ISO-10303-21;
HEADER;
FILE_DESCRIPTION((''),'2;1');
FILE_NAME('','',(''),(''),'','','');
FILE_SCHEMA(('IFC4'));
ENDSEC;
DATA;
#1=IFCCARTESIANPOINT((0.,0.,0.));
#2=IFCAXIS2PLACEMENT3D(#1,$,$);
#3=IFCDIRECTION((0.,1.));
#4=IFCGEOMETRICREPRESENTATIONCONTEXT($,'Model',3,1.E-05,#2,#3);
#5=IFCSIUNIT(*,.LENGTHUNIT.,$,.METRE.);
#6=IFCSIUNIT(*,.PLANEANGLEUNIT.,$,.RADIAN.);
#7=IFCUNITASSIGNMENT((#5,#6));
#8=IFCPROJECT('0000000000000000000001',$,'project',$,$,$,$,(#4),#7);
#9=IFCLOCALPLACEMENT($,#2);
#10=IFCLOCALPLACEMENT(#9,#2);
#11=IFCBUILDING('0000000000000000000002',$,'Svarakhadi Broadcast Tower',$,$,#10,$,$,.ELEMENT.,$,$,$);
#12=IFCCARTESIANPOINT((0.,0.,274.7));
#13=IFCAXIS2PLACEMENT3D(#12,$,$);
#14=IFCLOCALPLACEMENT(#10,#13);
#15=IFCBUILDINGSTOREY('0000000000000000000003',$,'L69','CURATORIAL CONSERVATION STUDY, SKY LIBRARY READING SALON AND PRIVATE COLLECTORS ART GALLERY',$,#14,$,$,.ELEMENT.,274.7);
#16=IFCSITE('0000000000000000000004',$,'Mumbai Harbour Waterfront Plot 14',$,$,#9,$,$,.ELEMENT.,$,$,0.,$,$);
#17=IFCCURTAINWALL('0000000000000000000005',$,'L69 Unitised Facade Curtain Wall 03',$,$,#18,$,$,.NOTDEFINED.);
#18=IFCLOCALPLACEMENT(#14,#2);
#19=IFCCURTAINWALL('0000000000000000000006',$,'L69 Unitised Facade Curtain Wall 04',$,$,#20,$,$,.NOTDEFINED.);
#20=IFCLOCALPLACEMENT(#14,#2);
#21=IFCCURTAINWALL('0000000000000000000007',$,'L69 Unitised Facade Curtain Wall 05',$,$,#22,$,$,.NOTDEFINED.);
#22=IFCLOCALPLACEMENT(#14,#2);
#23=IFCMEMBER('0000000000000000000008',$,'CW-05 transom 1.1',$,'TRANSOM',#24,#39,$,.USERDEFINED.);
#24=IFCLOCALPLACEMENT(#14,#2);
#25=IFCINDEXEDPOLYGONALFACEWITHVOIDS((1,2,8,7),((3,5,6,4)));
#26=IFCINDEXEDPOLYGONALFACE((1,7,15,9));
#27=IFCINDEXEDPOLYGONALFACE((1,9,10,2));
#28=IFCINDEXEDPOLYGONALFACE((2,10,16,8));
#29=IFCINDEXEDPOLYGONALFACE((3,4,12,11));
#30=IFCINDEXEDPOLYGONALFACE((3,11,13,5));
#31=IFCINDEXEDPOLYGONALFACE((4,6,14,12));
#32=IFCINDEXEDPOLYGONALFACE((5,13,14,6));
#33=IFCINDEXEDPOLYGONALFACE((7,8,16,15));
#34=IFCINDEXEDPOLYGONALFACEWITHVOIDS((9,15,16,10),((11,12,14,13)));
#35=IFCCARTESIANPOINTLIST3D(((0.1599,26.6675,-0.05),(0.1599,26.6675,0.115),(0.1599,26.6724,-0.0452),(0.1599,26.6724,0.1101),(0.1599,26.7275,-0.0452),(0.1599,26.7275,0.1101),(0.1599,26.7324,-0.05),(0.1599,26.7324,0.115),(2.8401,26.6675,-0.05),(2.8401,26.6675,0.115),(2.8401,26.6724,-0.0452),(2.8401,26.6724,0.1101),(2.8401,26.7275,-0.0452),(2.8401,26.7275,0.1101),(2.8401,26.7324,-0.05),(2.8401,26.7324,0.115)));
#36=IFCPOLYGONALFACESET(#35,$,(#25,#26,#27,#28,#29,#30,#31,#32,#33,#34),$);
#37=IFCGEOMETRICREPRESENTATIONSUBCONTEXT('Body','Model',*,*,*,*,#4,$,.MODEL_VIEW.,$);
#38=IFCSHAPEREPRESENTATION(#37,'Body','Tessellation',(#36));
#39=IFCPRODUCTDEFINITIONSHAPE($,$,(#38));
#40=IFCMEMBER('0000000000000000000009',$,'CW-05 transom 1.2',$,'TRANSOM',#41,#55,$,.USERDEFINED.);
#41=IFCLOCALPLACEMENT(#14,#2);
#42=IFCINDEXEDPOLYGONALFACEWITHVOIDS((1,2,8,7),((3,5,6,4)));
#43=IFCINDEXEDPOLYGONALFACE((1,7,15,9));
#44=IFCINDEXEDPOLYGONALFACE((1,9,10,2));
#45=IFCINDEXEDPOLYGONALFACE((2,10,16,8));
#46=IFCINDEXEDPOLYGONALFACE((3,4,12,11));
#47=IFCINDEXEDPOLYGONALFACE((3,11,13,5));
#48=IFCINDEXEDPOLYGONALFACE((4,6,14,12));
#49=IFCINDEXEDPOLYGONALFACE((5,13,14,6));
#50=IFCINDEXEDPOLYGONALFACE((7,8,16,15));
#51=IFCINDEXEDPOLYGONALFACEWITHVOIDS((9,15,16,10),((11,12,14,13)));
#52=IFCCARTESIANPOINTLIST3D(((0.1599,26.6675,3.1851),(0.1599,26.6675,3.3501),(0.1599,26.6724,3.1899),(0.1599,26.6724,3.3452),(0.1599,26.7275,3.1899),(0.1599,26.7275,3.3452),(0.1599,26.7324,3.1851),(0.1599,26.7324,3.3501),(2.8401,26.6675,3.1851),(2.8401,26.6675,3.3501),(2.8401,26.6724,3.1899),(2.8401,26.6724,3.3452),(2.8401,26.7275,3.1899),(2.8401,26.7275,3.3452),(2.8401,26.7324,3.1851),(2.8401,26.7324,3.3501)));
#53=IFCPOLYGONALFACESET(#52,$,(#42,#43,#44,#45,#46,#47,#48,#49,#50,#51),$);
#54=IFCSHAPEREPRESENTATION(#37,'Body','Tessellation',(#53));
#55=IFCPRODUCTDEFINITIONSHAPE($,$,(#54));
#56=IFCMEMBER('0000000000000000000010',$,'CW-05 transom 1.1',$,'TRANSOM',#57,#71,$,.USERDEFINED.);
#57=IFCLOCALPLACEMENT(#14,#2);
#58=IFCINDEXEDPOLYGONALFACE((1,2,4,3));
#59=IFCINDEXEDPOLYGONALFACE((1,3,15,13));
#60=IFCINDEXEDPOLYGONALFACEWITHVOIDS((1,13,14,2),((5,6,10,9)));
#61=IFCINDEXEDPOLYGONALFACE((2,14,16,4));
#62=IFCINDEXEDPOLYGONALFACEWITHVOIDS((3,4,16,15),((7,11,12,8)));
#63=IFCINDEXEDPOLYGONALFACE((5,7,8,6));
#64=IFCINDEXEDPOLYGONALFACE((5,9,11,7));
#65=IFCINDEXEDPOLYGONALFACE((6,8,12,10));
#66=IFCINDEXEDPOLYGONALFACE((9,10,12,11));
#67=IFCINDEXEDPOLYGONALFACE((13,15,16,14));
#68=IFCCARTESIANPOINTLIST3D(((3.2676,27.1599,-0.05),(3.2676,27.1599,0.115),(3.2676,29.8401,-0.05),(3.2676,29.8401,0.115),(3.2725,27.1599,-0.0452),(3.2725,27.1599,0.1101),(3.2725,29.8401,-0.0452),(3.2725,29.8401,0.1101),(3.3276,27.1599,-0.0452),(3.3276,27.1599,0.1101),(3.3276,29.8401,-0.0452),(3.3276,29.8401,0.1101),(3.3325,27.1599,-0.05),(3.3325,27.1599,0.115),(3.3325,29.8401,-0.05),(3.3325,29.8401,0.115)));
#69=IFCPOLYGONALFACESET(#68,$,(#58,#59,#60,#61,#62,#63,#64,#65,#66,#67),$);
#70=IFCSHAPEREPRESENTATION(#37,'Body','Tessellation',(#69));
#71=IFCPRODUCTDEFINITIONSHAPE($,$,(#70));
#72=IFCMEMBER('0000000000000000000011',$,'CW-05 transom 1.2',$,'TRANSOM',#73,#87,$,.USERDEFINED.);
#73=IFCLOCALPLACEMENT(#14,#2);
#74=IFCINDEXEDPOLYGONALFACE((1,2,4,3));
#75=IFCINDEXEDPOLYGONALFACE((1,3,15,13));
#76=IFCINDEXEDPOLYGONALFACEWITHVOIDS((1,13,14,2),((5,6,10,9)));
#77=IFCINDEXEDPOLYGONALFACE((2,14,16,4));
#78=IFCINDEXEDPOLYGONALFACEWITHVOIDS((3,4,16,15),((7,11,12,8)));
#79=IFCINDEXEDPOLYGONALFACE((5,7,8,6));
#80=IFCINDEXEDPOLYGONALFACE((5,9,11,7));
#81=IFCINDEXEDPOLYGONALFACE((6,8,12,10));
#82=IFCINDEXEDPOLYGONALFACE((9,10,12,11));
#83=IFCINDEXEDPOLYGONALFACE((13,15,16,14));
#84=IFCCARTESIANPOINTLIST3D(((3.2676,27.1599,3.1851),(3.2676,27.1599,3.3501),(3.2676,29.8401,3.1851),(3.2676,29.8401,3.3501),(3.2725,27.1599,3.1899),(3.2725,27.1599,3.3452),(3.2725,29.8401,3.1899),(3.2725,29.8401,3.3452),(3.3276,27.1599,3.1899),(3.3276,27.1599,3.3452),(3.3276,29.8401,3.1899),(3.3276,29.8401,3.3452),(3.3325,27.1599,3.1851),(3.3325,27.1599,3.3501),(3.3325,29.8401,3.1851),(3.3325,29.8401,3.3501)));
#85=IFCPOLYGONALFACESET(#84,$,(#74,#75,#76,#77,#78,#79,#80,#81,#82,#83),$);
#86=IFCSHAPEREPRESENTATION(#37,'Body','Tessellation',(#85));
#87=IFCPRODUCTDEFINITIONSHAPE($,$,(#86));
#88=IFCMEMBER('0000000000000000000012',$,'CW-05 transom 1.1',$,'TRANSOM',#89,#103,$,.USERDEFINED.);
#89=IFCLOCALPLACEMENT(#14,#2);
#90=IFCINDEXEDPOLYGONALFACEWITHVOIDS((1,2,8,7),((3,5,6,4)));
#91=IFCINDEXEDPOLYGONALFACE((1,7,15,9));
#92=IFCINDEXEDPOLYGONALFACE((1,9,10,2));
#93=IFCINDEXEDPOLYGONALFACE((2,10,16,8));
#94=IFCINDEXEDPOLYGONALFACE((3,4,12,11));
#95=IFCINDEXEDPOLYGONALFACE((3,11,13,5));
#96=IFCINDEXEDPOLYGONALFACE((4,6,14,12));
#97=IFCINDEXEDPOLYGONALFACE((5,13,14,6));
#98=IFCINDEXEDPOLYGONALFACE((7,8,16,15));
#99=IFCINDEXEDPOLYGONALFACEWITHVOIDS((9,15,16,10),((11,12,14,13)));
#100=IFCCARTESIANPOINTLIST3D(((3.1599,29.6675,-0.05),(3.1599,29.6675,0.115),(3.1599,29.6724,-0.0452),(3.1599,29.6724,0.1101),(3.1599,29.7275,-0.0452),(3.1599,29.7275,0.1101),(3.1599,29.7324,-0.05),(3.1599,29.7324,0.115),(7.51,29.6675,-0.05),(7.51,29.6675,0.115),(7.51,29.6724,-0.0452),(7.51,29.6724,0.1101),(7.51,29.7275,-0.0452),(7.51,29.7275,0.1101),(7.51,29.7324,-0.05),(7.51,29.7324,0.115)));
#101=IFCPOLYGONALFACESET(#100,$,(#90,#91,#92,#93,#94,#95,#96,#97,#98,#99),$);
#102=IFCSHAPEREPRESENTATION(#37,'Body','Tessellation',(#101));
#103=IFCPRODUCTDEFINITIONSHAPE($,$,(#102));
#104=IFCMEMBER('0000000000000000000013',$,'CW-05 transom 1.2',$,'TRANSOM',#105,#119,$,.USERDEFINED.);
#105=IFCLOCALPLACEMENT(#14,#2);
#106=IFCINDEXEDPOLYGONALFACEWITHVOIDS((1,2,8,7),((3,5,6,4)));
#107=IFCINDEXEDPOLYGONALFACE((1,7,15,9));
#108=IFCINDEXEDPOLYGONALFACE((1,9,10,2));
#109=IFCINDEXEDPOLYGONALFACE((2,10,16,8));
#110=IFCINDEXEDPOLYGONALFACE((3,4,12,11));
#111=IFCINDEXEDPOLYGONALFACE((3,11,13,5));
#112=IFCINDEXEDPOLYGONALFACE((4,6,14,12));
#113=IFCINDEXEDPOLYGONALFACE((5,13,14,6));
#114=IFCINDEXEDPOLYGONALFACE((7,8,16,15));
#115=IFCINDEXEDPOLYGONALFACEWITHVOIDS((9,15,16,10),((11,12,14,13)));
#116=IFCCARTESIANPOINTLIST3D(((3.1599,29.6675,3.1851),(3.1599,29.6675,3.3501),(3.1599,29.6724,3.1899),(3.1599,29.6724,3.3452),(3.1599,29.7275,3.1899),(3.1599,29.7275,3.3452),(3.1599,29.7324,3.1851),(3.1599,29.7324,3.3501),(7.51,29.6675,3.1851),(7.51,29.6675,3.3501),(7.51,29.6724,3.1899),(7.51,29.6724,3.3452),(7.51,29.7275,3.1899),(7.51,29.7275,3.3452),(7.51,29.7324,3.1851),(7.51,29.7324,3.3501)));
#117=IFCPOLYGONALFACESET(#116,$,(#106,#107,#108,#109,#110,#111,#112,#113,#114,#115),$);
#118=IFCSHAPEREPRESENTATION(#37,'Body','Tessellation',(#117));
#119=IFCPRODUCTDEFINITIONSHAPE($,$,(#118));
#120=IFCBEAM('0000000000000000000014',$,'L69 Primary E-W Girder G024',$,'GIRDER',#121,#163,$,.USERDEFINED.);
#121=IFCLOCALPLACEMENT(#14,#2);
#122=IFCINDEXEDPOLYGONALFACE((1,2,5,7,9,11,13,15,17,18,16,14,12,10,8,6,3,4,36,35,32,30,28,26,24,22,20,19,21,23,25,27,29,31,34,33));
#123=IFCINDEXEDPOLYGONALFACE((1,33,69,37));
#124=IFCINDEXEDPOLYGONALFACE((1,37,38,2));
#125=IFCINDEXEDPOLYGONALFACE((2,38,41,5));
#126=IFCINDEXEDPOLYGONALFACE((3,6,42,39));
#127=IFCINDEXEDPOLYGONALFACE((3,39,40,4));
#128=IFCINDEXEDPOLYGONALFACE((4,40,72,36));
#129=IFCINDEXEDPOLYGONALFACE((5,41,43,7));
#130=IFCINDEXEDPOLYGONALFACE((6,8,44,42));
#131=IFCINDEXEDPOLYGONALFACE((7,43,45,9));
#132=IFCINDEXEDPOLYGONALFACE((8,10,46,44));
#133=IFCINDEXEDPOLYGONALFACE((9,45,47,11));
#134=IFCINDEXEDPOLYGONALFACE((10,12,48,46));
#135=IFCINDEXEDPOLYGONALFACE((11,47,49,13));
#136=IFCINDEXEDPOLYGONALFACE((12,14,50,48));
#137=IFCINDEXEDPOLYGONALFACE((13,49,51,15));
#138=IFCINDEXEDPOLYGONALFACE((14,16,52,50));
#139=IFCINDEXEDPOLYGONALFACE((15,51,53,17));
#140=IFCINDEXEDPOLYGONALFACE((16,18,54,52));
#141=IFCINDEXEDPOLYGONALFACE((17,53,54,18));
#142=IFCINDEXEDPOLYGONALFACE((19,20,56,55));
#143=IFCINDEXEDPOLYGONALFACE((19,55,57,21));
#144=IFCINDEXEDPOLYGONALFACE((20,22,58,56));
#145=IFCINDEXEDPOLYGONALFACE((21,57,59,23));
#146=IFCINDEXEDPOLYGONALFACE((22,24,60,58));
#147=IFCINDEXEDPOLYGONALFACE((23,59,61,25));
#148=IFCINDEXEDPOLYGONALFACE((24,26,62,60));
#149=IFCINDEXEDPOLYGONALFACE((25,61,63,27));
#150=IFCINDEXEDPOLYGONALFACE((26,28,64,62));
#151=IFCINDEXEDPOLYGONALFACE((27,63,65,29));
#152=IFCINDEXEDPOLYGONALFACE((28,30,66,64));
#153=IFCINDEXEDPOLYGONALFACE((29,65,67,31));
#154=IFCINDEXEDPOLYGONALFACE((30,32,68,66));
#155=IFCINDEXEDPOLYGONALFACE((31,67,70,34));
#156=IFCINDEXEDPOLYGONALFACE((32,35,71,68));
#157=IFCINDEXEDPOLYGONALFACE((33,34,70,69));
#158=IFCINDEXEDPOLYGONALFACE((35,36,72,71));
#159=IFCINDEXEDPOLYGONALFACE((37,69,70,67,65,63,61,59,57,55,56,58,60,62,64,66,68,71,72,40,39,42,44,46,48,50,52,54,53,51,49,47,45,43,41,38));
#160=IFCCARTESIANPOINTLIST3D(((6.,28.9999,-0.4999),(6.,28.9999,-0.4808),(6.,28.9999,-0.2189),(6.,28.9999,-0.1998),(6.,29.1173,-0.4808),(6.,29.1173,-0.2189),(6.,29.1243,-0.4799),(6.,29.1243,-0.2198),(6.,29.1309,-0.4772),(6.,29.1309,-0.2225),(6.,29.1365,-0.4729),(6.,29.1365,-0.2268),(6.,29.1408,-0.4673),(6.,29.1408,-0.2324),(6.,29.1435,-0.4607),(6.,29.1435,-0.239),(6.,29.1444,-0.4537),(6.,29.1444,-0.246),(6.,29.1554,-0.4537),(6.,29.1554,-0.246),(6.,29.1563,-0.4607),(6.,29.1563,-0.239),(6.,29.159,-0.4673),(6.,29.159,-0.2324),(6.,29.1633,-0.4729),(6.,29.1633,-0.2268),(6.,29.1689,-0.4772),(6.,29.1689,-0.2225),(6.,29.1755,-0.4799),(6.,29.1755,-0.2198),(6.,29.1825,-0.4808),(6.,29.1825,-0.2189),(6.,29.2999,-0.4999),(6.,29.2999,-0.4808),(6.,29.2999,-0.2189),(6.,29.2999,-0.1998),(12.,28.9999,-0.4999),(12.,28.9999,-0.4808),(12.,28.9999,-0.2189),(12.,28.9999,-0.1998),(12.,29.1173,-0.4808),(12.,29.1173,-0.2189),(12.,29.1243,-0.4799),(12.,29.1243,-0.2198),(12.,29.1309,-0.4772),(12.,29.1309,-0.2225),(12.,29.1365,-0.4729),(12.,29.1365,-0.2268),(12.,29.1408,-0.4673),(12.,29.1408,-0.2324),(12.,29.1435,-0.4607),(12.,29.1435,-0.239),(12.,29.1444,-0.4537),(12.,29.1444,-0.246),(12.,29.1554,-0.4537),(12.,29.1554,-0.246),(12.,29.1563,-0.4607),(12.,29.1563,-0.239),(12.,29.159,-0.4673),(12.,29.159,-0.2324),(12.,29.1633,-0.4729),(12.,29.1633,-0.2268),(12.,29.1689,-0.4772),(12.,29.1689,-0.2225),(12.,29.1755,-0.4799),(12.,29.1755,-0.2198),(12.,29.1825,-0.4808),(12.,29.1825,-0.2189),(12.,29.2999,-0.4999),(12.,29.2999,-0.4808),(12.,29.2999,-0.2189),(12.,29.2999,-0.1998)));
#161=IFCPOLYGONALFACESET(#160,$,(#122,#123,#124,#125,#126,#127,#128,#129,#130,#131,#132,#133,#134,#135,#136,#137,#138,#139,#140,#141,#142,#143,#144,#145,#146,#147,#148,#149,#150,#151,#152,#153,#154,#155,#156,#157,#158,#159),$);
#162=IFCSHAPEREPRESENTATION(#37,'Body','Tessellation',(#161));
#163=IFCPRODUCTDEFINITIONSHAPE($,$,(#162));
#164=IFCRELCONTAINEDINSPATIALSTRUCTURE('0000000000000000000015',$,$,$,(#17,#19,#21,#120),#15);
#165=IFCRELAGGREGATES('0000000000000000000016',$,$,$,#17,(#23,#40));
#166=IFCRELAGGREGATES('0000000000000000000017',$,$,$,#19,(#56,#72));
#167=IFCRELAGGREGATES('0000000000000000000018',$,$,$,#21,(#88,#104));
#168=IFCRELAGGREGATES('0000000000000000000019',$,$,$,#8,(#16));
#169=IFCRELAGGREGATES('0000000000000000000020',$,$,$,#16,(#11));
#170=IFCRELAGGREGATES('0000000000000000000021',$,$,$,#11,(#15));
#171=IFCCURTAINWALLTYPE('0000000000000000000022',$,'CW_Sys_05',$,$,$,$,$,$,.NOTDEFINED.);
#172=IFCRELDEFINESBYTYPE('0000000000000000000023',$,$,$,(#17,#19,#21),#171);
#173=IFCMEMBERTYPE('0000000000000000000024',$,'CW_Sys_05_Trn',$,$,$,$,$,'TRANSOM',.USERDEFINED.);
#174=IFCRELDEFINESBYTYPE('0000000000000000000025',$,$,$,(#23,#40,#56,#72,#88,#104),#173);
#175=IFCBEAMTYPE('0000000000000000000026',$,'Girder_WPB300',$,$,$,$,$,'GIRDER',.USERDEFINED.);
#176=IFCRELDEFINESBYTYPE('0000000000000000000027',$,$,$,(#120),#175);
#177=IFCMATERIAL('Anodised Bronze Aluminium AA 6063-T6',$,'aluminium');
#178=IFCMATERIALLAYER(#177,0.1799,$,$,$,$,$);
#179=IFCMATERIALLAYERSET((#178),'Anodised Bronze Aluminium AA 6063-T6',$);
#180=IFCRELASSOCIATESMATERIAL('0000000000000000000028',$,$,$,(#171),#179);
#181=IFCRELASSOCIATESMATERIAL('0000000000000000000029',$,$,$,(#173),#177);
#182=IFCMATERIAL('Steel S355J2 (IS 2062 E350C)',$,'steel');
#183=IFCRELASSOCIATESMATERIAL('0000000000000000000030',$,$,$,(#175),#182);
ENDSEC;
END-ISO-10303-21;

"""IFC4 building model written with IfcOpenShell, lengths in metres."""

from ifc_helpers import new_model, si_unit, direction, frame, origin, origin_2d, place, context, subcontext, project, spatial, hollow_rectangle, i_section, extrude, material, layer, layer_set, material_profile, profile_set, type_object, element, aggregate, save


model = new_model("IFC4")

# Units and contexts
model_context = context("Model", 3, precision=1e-05, world=origin(), true_north=direction((0.0, 1.0)))
body_context = subcontext(model_context, "Body", "Model", "MODEL_VIEW")
ifc_project = project(units=[si_unit("LENGTHUNIT", "METRE"), si_unit("PLANEANGLEUNIT", "RADIAN")], contexts=[model_context])

# Site, building, storey
site_placement = place(None, origin())
site = spatial("IfcSite", under=ifc_project, at=site_placement, Name="Mumbai Harbour Waterfront Plot 14", CompositionType="ELEMENT", RefElevation=0.0)
building_placement = place(site_placement, origin())
building = spatial("IfcBuilding", under=site, at=building_placement, Name="Svarakhadi Broadcast Tower", CompositionType="ELEMENT")
storey_placement = place(building_placement, frame((0.0, 0.0, 274.7)))
storey = spatial("IfcBuildingStorey", under=building, at=storey_placement, Name="L69", Description="CURATORIAL CONSERVATION STUDY, SKY LIBRARY READING SALON AND PRIVATE COLLECTORS ART GALLERY", CompositionType="ELEMENT", Elevation=274.7)

# Curtain walls
ifc_material_1 = material(Name="Anodised Bronze Aluminium AA 6063-T6", Category="aluminium")
ifc_layer_1 = layer(ifc_material_1, 0.1799)
ifc_layer_set_1 = layer_set([ifc_layer_1], Name="Anodised Bronze Aluminium AA 6063-T6")
curtain_wall_type = type_object("IfcCurtainWallType", Name="CW_Sys_05", PredefinedType="NOTDEFINED", material=ifc_layer_set_1)
curtain_wall_1_placement = place(storey_placement, origin())
curtain_wall_1 = element("IfcCurtainWall", 1, at=curtain_wall_1_placement, inside=storey, type_object=curtain_wall_type, Name="L69 Unitised Facade Curtain Wall 03", PredefinedType="NOTDEFINED")
curtain_wall_2_placement = place(storey_placement, origin())
curtain_wall_2 = element("IfcCurtainWall", 2, at=curtain_wall_2_placement, inside=storey, type_object=curtain_wall_type, Name="L69 Unitised Facade Curtain Wall 04", PredefinedType="NOTDEFINED")
curtain_wall_3_placement = place(storey_placement, origin())
curtain_wall_3 = element("IfcCurtainWall", 3, at=curtain_wall_3_placement, inside=storey, type_object=curtain_wall_type, Name="L69 Unitised Facade Curtain Wall 05", PredefinedType="NOTDEFINED")

# Members
ifc_material_profile_1 = material_profile(ifc_material_1, hollow_rectangle(XDim=0.0649, YDim=0.165, WallThickness=0.0049, at=origin_2d()), Name="ALU TRANSOM 165x65x5")
ifc_profile_set_1 = profile_set([ifc_material_profile_1], Name="Anodised Bronze Aluminium AA 6063-T6")
member_type_1 = type_object("IfcMemberType", Name="CW_Sys_05_Trn", ElementType="TRANSOM", PredefinedType="USERDEFINED", material=ifc_profile_set_1)
member_1_placement = place(storey_placement, frame((0.1599, 26.7, 0.0325), z_axis=(1.0, 0.0, 0.0), x_axis=(0.0, 1.0, 0.0)))
member_1 = element("IfcMember", 4, at=member_1_placement, type_object=member_type_1, Name="CW-05 transom 1.1", ObjectType="TRANSOM", PredefinedType="USERDEFINED", context=body_context, shape_type="SweptSolid", body=[
    extrude(hollow_rectangle(XDim=0.0649, YDim=0.165, WallThickness=0.0049, at=origin_2d()), origin(), (0.0, 0.0, 1.0), 2.6802),
])
member_2_placement = place(storey_placement, frame((0.1599, 26.7, 3.2676), z_axis=(1.0, 0.0, 0.0), x_axis=(0.0, 1.0, 0.0)))
member_2 = element("IfcMember", 5, at=member_2_placement, type_object=member_type_1, Name="CW-05 transom 1.2", ObjectType="TRANSOM", PredefinedType="USERDEFINED", context=body_context, shape_type="SweptSolid", body=[
    extrude(hollow_rectangle(XDim=0.0649, YDim=0.165, WallThickness=0.0049, at=origin_2d()), origin(), (0.0, 0.0, 1.0), 2.6802),
])
member_3_placement = place(storey_placement, frame((3.3, 27.1599, 0.0325), z_axis=(0.0, 1.0, 0.0), x_axis=(-1.0, 0.0, 0.0)))
member_3 = element("IfcMember", 6, at=member_3_placement, type_object=member_type_1, Name="CW-05 transom 1.1", ObjectType="TRANSOM", PredefinedType="USERDEFINED", context=body_context, shape_type="SweptSolid", body=[
    extrude(hollow_rectangle(XDim=0.0649, YDim=0.165, WallThickness=0.0049, at=origin_2d()), origin(), (0.0, 0.0, 1.0), 2.6802),
])
member_4_placement = place(storey_placement, frame((3.3, 27.1599, 3.2676), z_axis=(0.0, 1.0, 0.0), x_axis=(-1.0, 0.0, 0.0)))
member_4 = element("IfcMember", 7, at=member_4_placement, type_object=member_type_1, Name="CW-05 transom 1.2", ObjectType="TRANSOM", PredefinedType="USERDEFINED", context=body_context, shape_type="SweptSolid", body=[
    extrude(hollow_rectangle(XDim=0.0649, YDim=0.165, WallThickness=0.0049, at=origin_2d()), origin(), (0.0, 0.0, 1.0), 2.6802),
])
member_5_placement = place(storey_placement, frame((3.1599, 29.7, 0.0325), z_axis=(1.0, 0.0, 0.0), x_axis=(0.0, 1.0, 0.0)))
member_5 = element("IfcMember", 8, at=member_5_placement, type_object=member_type_1, Name="CW-05 transom 1.1", ObjectType="TRANSOM", PredefinedType="USERDEFINED", context=body_context, shape_type="SweptSolid", body=[
    extrude(hollow_rectangle(XDim=0.0649, YDim=0.165, WallThickness=0.0049, at=origin_2d()), origin(), (0.0, 0.0, 1.0), 4.3501),
])
member_6_placement = place(storey_placement, frame((3.1599, 29.7, 3.2676), z_axis=(1.0, 0.0, 0.0), x_axis=(0.0, 1.0, 0.0)))
member_6 = element("IfcMember", 9, at=member_6_placement, type_object=member_type_1, Name="CW-05 transom 1.2", ObjectType="TRANSOM", PredefinedType="USERDEFINED", context=body_context, shape_type="SweptSolid", body=[
    extrude(hollow_rectangle(XDim=0.0649, YDim=0.165, WallThickness=0.0049, at=origin_2d()), origin(), (0.0, 0.0, 1.0), 4.3501),
])

# Beam
ifc_material_2 = material(Name="Steel S355J2 (IS 2062 E350C)", Category="steel")
ifc_material_profile_2 = material_profile(ifc_material_2, i_section(OverallWidth=0.3, OverallDepth=0.3, WebThickness=0.011, FlangeThickness=0.019, FilletRadius=0.0271, at=origin_2d()), Name="WPB 300x300x117")
ifc_profile_set_2 = profile_set([ifc_material_profile_2], Name="Steel S355J2 (IS 2062 E350C)")
beam_type_1 = type_object("IfcBeamType", Name="Girder_WPB300", ElementType="GIRDER", PredefinedType="USERDEFINED", material=ifc_profile_set_2)
beam_1_placement = place(storey_placement, frame((6.0, 29.1499, -0.3499), z_axis=(1.0, 0.0, 0.0), x_axis=(0.0, 1.0, 0.0)))
element("IfcBeam", 10, at=beam_1_placement, inside=storey, type_object=beam_type_1, Name="L69 Primary E-W Girder G024", ObjectType="GIRDER", PredefinedType="USERDEFINED", context=body_context, shape_type="SweptSolid", body=[
    extrude(i_section(OverallWidth=0.3, OverallDepth=0.3, WebThickness=0.011, FlangeThickness=0.019, FilletRadius=0.0271, at=origin_2d()), origin(), (0.0, 0.0, 1.0), 6.0),
])

aggregate(curtain_wall_1, [member_1, member_2])
aggregate(curtain_wall_2, [member_3, member_4])
aggregate(curtain_wall_3, [member_5, member_6])

save(model, "model.ifc")
